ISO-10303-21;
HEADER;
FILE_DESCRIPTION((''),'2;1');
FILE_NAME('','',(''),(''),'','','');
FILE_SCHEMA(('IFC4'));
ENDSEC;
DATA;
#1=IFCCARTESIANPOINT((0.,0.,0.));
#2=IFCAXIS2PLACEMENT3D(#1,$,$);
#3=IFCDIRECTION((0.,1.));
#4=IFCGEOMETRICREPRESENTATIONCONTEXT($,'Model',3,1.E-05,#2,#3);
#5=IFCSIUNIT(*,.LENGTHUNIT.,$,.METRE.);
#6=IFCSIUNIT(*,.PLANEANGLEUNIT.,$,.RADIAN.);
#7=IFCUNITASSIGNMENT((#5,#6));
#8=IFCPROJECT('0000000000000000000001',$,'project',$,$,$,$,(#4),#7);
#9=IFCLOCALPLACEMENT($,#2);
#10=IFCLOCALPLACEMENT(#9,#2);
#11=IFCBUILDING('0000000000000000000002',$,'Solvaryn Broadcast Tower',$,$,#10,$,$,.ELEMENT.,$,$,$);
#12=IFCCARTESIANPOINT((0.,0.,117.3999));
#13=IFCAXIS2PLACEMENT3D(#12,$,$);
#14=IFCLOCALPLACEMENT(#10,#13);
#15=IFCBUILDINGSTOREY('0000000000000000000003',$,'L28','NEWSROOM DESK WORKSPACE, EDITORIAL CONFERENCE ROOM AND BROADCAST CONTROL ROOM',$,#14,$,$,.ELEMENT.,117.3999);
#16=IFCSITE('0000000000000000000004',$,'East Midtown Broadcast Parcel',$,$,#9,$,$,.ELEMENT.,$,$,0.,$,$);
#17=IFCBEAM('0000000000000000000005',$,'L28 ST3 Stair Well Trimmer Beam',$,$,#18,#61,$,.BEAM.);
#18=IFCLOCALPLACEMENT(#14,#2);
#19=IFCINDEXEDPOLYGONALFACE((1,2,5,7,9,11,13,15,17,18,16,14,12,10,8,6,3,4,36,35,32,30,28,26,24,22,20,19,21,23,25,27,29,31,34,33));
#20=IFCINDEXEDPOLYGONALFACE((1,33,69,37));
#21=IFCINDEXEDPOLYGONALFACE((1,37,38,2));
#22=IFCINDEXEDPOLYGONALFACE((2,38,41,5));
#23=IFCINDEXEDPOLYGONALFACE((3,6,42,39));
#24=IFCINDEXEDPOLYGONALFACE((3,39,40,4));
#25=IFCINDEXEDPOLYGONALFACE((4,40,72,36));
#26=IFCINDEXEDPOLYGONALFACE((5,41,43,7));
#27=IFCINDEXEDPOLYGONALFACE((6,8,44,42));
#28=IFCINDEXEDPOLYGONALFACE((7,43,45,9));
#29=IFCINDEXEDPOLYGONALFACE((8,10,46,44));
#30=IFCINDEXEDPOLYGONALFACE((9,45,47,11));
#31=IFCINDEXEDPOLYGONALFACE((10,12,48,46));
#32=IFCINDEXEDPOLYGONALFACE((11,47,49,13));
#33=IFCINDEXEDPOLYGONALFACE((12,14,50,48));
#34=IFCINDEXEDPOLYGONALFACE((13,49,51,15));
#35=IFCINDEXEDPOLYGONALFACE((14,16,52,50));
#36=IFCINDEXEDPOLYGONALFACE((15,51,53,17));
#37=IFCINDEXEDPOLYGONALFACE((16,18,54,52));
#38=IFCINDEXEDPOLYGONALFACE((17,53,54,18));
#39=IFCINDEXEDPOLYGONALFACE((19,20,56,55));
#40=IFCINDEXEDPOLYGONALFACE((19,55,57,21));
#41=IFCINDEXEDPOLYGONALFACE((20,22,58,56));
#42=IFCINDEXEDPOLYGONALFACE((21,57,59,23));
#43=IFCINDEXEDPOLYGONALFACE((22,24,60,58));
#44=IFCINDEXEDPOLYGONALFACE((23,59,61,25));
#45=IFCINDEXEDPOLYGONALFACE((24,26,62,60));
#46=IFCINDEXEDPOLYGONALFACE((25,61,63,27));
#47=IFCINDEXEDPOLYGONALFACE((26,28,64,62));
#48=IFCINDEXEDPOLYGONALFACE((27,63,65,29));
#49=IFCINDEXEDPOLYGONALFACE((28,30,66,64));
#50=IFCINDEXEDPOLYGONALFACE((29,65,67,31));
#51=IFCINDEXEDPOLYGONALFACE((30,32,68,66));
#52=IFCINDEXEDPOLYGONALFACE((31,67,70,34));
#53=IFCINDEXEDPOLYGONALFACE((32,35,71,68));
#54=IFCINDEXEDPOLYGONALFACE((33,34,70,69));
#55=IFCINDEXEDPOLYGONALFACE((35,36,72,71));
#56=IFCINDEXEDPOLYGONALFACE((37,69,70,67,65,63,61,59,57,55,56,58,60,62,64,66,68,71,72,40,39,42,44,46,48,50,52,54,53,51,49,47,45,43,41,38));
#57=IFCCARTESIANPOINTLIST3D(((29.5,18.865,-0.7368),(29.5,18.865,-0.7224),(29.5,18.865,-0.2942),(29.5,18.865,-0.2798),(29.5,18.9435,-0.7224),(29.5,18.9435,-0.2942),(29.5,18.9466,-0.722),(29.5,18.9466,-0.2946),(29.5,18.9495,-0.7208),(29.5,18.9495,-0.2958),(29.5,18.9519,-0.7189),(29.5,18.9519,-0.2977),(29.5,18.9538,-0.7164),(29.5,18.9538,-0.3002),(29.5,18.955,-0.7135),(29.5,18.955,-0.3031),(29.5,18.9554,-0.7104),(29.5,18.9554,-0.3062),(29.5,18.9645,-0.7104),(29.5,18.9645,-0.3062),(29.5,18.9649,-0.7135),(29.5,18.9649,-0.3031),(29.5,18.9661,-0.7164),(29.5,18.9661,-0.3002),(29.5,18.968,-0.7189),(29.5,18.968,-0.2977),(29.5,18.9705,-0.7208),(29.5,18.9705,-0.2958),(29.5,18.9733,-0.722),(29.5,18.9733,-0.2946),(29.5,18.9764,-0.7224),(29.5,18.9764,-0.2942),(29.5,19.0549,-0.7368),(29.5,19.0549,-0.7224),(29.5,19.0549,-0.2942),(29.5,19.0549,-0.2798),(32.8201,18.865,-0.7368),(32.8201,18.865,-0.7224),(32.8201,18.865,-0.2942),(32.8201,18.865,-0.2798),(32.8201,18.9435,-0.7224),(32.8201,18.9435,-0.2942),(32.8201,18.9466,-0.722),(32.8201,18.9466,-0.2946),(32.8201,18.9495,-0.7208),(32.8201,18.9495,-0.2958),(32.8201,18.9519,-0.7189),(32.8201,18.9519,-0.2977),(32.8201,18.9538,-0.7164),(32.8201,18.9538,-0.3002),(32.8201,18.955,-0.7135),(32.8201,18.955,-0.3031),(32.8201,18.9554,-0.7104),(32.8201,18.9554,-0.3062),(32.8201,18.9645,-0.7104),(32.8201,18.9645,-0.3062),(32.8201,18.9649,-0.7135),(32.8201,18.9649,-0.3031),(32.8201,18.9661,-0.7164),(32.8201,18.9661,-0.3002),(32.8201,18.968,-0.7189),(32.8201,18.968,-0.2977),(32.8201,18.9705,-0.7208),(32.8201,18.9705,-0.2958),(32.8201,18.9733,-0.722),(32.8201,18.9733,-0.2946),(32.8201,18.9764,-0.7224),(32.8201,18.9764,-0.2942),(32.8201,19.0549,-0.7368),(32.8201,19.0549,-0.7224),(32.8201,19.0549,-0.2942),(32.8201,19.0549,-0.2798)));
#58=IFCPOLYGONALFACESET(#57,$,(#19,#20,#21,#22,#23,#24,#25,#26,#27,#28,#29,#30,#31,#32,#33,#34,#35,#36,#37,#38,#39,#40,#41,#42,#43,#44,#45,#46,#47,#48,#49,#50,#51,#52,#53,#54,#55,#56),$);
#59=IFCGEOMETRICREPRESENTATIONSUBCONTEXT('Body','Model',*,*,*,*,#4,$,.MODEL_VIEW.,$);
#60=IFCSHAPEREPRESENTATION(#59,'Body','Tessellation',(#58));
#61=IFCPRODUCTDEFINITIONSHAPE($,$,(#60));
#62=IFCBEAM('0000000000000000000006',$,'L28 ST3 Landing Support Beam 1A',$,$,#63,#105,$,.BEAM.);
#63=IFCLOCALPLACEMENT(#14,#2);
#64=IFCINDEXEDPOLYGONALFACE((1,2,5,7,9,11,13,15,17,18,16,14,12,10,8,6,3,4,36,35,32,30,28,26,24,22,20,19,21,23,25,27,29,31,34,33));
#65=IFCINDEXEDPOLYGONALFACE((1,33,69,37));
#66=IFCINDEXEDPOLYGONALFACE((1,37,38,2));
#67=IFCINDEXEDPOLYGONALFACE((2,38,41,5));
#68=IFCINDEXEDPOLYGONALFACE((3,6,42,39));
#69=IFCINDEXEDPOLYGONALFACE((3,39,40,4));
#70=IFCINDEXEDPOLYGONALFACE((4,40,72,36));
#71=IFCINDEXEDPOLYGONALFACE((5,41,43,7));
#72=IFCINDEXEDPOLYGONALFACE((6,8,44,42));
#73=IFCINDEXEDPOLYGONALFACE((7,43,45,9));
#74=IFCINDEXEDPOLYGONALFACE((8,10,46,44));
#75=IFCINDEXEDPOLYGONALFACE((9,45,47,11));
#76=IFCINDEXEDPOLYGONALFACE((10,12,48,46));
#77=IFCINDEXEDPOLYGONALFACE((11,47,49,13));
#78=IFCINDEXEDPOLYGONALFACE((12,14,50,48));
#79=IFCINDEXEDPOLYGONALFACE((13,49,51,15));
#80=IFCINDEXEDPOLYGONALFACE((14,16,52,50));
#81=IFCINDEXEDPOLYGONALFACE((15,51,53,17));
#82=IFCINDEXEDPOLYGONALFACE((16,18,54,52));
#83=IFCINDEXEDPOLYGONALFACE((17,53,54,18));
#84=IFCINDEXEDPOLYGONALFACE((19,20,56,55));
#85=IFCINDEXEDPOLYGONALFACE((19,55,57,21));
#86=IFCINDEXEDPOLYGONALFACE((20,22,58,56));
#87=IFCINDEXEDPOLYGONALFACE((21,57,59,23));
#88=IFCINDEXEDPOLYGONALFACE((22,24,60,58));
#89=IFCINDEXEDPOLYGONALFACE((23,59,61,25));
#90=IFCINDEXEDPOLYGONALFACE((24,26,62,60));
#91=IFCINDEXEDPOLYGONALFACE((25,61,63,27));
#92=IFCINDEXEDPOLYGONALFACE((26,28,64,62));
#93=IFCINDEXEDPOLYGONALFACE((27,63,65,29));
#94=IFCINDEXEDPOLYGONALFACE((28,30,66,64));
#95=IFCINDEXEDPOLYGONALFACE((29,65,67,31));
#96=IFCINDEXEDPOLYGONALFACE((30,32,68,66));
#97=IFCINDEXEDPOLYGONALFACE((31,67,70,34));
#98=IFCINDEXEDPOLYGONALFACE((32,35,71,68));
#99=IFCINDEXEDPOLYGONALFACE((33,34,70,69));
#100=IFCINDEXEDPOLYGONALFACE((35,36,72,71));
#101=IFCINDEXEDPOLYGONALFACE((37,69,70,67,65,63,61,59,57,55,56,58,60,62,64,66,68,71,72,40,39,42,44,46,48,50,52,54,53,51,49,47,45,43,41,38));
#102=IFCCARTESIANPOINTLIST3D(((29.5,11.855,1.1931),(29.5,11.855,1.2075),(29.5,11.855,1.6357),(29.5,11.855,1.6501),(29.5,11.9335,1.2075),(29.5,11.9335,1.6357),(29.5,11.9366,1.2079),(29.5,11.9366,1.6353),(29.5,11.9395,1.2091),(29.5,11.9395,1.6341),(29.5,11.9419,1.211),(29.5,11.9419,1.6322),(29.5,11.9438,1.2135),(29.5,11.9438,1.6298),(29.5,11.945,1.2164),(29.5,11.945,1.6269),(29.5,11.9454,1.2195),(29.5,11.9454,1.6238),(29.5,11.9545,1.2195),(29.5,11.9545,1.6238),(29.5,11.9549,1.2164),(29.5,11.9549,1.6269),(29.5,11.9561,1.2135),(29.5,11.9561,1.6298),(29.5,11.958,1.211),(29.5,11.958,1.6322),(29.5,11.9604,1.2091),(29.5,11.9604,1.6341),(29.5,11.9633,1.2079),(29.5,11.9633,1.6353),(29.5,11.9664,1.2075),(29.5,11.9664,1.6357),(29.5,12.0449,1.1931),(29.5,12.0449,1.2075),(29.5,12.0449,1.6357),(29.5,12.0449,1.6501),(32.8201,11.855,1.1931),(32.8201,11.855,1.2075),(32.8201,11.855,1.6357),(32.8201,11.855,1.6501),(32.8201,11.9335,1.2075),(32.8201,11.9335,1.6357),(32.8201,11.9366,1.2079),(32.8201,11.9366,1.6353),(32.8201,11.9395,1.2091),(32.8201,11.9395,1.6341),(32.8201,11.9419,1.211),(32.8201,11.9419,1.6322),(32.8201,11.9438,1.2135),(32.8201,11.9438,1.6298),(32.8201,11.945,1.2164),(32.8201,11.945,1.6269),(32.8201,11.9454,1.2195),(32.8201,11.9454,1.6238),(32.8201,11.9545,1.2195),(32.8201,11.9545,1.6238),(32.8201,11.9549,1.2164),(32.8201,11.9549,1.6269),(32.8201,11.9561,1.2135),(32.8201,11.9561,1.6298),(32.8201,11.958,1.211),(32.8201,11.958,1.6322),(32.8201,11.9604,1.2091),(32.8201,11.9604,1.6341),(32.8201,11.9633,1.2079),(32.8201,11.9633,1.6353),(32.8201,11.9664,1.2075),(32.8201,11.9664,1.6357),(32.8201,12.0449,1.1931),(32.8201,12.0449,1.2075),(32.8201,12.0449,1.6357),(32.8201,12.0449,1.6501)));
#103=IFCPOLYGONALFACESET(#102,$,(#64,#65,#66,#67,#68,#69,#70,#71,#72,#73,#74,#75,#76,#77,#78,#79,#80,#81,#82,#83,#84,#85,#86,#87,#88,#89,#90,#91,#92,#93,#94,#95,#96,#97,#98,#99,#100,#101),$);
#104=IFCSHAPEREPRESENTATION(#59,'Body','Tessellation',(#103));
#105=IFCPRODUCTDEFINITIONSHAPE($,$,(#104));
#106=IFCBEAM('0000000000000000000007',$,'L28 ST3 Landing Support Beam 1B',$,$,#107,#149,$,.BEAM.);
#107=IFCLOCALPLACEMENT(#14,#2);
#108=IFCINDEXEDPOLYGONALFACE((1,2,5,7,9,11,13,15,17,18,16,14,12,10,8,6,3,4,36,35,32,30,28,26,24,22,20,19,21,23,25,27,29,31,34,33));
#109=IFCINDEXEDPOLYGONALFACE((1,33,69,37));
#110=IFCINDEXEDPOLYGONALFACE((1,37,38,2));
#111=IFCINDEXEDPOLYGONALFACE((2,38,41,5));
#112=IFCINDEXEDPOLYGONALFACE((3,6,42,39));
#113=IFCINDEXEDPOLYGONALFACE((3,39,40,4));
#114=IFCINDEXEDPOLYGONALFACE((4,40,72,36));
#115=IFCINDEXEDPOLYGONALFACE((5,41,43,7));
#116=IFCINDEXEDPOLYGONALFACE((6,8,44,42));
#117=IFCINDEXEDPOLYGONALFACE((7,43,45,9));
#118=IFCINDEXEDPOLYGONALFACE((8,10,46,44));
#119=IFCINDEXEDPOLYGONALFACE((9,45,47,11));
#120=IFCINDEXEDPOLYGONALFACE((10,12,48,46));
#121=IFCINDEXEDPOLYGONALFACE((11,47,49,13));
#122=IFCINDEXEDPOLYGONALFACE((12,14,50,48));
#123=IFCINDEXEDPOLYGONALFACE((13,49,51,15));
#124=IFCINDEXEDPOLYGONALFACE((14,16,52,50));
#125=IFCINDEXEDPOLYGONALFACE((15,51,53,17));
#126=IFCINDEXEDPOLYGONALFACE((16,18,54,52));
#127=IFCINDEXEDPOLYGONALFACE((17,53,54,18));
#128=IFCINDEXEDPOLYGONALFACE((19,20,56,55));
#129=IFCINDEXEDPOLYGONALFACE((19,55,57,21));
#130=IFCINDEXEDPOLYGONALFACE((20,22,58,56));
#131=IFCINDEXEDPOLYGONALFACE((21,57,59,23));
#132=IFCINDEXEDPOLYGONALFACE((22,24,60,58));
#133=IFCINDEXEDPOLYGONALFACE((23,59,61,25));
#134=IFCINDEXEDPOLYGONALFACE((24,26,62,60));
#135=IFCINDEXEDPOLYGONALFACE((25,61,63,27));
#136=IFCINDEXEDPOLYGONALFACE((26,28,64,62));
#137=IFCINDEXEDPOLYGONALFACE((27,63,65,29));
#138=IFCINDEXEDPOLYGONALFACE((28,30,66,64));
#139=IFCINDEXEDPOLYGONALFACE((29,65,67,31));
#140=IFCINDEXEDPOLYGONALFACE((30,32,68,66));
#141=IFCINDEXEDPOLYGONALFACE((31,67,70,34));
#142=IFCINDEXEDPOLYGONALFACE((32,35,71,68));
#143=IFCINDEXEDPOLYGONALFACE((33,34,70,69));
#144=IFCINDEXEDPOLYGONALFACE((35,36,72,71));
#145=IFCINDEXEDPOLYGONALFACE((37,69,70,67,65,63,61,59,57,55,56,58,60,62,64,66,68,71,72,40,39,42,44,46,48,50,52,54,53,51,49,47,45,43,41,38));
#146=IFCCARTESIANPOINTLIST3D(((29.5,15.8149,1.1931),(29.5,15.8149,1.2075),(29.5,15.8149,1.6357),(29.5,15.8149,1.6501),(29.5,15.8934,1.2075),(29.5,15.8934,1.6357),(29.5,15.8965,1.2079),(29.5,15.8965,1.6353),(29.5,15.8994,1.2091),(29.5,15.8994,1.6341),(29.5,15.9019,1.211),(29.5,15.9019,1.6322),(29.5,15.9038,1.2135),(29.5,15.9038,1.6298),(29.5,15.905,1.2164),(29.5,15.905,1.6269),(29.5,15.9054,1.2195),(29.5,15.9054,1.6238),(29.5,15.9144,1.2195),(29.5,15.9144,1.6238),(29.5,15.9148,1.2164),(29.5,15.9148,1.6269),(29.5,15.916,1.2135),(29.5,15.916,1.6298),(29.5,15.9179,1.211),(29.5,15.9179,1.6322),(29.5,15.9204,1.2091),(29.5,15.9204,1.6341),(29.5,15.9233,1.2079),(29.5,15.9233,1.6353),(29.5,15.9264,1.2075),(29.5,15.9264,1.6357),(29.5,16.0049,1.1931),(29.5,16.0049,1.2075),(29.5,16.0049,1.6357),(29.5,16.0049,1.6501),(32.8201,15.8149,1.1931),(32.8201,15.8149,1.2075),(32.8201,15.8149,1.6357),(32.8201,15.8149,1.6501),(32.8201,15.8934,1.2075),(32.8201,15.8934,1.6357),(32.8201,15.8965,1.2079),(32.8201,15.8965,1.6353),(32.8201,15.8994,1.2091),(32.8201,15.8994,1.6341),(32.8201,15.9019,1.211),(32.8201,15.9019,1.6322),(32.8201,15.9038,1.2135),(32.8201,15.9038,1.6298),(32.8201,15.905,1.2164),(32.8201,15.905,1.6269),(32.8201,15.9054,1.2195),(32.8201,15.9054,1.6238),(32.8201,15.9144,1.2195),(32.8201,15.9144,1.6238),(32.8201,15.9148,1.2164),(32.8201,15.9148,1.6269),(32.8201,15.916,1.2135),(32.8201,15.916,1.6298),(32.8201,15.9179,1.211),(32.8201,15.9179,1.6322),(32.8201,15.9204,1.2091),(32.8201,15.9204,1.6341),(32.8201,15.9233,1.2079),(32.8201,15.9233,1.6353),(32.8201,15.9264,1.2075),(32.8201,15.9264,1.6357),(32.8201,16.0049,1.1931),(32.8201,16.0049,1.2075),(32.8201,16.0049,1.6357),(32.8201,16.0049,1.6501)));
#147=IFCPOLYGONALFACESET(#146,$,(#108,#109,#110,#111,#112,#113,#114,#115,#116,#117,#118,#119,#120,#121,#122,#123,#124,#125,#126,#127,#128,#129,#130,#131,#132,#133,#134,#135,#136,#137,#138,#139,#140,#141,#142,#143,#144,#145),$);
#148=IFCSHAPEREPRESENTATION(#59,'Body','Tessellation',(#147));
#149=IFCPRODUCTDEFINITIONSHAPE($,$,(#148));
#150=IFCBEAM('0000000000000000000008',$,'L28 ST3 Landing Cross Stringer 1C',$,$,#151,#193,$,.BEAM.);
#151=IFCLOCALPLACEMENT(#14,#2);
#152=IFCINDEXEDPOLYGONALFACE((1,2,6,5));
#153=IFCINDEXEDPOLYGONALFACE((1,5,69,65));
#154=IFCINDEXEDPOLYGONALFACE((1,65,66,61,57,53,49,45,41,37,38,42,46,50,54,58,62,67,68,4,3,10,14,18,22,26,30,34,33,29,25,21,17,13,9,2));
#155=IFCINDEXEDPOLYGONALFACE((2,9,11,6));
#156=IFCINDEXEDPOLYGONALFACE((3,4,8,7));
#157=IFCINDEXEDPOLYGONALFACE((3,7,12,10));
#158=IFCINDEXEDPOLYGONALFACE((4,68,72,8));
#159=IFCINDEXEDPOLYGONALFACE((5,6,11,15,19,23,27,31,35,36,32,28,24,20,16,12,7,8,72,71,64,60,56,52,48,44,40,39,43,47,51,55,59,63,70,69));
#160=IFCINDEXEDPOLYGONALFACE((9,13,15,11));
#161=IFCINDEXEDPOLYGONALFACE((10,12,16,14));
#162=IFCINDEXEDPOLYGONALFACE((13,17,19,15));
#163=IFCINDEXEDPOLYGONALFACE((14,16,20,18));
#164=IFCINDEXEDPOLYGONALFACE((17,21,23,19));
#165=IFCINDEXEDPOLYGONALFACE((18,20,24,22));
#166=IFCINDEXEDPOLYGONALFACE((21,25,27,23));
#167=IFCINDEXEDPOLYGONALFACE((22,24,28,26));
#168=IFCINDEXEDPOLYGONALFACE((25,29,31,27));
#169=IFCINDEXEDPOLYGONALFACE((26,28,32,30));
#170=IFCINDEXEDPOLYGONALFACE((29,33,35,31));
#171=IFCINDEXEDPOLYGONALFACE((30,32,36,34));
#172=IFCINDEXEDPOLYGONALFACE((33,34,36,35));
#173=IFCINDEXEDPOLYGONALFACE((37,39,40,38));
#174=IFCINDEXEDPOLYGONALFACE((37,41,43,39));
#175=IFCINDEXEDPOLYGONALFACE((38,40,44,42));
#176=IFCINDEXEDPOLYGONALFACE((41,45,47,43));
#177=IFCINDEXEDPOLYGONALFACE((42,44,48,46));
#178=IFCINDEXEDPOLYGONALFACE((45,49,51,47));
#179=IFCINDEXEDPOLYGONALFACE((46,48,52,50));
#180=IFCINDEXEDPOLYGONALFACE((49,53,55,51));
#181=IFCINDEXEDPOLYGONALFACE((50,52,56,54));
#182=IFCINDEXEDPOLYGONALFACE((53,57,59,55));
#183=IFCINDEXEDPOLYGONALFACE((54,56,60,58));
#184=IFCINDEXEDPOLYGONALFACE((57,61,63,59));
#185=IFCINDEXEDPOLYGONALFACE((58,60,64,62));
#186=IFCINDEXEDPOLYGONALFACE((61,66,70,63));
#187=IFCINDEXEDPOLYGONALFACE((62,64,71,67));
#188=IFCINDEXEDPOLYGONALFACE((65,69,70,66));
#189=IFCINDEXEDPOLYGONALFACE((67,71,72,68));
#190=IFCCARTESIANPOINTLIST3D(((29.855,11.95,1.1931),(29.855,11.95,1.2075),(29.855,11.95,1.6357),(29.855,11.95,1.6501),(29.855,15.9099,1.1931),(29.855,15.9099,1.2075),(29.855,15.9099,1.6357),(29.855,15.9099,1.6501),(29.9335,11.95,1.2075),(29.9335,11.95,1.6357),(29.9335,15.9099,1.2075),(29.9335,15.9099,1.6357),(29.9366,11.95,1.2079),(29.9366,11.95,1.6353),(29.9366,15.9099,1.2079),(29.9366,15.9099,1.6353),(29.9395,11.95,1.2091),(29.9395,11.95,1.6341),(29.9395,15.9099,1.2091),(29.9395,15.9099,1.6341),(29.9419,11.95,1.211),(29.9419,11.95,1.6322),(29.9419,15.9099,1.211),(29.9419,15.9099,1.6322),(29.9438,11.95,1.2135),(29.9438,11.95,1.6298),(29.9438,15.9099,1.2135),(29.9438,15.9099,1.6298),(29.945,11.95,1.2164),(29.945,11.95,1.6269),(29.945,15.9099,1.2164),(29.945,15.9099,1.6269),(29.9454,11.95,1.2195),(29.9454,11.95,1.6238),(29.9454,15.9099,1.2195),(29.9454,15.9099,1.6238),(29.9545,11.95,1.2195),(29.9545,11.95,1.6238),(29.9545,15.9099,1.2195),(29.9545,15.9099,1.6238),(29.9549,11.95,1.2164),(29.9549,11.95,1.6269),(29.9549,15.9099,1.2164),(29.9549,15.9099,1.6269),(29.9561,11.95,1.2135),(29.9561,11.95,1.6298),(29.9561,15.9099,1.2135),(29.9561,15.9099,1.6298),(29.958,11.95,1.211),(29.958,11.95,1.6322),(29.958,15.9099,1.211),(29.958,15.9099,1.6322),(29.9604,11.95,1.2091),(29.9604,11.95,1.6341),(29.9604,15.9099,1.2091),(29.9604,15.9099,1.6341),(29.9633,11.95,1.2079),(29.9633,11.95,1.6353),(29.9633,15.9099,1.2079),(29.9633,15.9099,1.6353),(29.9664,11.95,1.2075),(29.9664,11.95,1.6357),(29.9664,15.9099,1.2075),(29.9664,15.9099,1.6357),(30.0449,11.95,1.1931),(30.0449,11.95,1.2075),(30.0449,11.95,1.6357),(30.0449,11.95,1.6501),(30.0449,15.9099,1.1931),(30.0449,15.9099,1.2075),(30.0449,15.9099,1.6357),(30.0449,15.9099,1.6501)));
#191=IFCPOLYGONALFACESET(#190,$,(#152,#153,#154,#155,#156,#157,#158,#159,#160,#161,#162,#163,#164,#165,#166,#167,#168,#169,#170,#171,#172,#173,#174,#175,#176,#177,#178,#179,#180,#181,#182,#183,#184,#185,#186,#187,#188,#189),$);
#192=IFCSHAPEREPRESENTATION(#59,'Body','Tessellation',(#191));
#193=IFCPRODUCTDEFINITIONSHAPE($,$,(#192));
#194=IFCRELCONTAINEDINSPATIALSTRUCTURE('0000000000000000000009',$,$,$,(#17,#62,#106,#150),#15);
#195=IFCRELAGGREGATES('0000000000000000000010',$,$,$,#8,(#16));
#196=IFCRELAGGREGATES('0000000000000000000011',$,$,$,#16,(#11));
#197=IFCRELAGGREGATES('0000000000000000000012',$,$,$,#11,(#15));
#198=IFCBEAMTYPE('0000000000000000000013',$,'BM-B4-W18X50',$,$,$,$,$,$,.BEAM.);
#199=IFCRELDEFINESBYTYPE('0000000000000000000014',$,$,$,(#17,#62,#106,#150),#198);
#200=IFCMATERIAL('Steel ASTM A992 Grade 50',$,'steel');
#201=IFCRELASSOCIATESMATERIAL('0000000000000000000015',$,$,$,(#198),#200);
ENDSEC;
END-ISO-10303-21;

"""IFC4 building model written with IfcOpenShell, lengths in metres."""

from ifc_helpers import new_model, si_unit, direction, frame, origin, origin_2d, place, context, subcontext, project, spatial, i_section, extrude, material, material_profile, profile_set, type_object, element, save


model = new_model("IFC4")

# Units and contexts
model_context = context("Model", 3, precision=1e-05, world=origin(), true_north=direction((0.0, 1.0)))
body_context = subcontext(model_context, "Body", "Model", "MODEL_VIEW")
ifc_project = project(units=[si_unit("LENGTHUNIT", "METRE"), si_unit("PLANEANGLEUNIT", "RADIAN")], contexts=[model_context])

# Site, building, storey
site_placement = place(None, origin())
site = spatial("IfcSite", under=ifc_project, at=site_placement, Name="East Midtown Broadcast Parcel", CompositionType="ELEMENT", RefElevation=0.0)
building_placement = place(site_placement, origin())
building = spatial("IfcBuilding", under=site, at=building_placement, Name="Solvaryn Broadcast Tower", CompositionType="ELEMENT")
storey_placement = place(building_placement, frame((0.0, 0.0, 117.3999)))
storey = spatial("IfcBuildingStorey", under=building, at=storey_placement, Name="L28", Description="NEWSROOM DESK WORKSPACE, EDITORIAL CONFERENCE ROOM AND BROADCAST CONTROL ROOM", CompositionType="ELEMENT", Elevation=117.3999)

# Beams
ifc_material_1 = material(Name="Steel ASTM A992 Grade 50", Category="steel")
ifc_material_profile_1 = material_profile(ifc_material_1, i_section(OverallWidth=0.1899, OverallDepth=0.457, WebThickness=0.009, FlangeThickness=0.0144, FilletRadius=0.012, at=origin_2d()))
ifc_profile_set_1 = profile_set([ifc_material_profile_1], Name="Steel ASTM A992 Grade 50")
beam_type_1 = type_object("IfcBeamType", Name="BM-B4-W18X50", PredefinedType="BEAM", material=ifc_profile_set_1)
for number, where, z_axis, x_axis, name in (
    (1, (29.5, 18.96, -0.5083), (1.0, 0.0, 0.0), (0.0, 1.0, 0.0), "L28 ST3 Stair Well Trimmer Beam"),
    (2, (29.5, 11.95, 1.4216), (1.0, 0.0, 0.0), (0.0, 1.0, 0.0), "L28 ST3 Landing Support Beam 1A"),
    (3, (29.5, 15.9099, 1.4216), (1.0, 0.0, 0.0), (0.0, 1.0, 0.0), "L28 ST3 Landing Support Beam 1B"),
):
    element("IfcBeam", number, at=place(storey_placement, frame(where, z_axis=z_axis, x_axis=x_axis)), inside=storey, type_object=beam_type_1, Name=name, PredefinedType="BEAM", context=body_context, shape_type="SweptSolid", body=[
        extrude(i_section(OverallWidth=0.1899, OverallDepth=0.457, WebThickness=0.009, FlangeThickness=0.0144, FilletRadius=0.012, at=origin_2d()), origin(), (0.0, 0.0, 1.0), 3.3201),
    ])
beam_1_placement = place(storey_placement, frame((29.95, 11.95, 1.4216), z_axis=(0.0, 1.0, 0.0), x_axis=(-1.0, 0.0, 0.0)))
element("IfcBeam", 4, at=beam_1_placement, inside=storey, type_object=beam_type_1, Name="L28 ST3 Landing Cross Stringer 1C", PredefinedType="BEAM", context=body_context, shape_type="SweptSolid", body=[
    extrude(i_section(OverallWidth=0.1899, OverallDepth=0.457, WebThickness=0.009, FlangeThickness=0.0144, FilletRadius=0.012, at=origin_2d()), origin(), (0.0, 0.0, 1.0), 3.96),
])

save(model, "model.ifc")
